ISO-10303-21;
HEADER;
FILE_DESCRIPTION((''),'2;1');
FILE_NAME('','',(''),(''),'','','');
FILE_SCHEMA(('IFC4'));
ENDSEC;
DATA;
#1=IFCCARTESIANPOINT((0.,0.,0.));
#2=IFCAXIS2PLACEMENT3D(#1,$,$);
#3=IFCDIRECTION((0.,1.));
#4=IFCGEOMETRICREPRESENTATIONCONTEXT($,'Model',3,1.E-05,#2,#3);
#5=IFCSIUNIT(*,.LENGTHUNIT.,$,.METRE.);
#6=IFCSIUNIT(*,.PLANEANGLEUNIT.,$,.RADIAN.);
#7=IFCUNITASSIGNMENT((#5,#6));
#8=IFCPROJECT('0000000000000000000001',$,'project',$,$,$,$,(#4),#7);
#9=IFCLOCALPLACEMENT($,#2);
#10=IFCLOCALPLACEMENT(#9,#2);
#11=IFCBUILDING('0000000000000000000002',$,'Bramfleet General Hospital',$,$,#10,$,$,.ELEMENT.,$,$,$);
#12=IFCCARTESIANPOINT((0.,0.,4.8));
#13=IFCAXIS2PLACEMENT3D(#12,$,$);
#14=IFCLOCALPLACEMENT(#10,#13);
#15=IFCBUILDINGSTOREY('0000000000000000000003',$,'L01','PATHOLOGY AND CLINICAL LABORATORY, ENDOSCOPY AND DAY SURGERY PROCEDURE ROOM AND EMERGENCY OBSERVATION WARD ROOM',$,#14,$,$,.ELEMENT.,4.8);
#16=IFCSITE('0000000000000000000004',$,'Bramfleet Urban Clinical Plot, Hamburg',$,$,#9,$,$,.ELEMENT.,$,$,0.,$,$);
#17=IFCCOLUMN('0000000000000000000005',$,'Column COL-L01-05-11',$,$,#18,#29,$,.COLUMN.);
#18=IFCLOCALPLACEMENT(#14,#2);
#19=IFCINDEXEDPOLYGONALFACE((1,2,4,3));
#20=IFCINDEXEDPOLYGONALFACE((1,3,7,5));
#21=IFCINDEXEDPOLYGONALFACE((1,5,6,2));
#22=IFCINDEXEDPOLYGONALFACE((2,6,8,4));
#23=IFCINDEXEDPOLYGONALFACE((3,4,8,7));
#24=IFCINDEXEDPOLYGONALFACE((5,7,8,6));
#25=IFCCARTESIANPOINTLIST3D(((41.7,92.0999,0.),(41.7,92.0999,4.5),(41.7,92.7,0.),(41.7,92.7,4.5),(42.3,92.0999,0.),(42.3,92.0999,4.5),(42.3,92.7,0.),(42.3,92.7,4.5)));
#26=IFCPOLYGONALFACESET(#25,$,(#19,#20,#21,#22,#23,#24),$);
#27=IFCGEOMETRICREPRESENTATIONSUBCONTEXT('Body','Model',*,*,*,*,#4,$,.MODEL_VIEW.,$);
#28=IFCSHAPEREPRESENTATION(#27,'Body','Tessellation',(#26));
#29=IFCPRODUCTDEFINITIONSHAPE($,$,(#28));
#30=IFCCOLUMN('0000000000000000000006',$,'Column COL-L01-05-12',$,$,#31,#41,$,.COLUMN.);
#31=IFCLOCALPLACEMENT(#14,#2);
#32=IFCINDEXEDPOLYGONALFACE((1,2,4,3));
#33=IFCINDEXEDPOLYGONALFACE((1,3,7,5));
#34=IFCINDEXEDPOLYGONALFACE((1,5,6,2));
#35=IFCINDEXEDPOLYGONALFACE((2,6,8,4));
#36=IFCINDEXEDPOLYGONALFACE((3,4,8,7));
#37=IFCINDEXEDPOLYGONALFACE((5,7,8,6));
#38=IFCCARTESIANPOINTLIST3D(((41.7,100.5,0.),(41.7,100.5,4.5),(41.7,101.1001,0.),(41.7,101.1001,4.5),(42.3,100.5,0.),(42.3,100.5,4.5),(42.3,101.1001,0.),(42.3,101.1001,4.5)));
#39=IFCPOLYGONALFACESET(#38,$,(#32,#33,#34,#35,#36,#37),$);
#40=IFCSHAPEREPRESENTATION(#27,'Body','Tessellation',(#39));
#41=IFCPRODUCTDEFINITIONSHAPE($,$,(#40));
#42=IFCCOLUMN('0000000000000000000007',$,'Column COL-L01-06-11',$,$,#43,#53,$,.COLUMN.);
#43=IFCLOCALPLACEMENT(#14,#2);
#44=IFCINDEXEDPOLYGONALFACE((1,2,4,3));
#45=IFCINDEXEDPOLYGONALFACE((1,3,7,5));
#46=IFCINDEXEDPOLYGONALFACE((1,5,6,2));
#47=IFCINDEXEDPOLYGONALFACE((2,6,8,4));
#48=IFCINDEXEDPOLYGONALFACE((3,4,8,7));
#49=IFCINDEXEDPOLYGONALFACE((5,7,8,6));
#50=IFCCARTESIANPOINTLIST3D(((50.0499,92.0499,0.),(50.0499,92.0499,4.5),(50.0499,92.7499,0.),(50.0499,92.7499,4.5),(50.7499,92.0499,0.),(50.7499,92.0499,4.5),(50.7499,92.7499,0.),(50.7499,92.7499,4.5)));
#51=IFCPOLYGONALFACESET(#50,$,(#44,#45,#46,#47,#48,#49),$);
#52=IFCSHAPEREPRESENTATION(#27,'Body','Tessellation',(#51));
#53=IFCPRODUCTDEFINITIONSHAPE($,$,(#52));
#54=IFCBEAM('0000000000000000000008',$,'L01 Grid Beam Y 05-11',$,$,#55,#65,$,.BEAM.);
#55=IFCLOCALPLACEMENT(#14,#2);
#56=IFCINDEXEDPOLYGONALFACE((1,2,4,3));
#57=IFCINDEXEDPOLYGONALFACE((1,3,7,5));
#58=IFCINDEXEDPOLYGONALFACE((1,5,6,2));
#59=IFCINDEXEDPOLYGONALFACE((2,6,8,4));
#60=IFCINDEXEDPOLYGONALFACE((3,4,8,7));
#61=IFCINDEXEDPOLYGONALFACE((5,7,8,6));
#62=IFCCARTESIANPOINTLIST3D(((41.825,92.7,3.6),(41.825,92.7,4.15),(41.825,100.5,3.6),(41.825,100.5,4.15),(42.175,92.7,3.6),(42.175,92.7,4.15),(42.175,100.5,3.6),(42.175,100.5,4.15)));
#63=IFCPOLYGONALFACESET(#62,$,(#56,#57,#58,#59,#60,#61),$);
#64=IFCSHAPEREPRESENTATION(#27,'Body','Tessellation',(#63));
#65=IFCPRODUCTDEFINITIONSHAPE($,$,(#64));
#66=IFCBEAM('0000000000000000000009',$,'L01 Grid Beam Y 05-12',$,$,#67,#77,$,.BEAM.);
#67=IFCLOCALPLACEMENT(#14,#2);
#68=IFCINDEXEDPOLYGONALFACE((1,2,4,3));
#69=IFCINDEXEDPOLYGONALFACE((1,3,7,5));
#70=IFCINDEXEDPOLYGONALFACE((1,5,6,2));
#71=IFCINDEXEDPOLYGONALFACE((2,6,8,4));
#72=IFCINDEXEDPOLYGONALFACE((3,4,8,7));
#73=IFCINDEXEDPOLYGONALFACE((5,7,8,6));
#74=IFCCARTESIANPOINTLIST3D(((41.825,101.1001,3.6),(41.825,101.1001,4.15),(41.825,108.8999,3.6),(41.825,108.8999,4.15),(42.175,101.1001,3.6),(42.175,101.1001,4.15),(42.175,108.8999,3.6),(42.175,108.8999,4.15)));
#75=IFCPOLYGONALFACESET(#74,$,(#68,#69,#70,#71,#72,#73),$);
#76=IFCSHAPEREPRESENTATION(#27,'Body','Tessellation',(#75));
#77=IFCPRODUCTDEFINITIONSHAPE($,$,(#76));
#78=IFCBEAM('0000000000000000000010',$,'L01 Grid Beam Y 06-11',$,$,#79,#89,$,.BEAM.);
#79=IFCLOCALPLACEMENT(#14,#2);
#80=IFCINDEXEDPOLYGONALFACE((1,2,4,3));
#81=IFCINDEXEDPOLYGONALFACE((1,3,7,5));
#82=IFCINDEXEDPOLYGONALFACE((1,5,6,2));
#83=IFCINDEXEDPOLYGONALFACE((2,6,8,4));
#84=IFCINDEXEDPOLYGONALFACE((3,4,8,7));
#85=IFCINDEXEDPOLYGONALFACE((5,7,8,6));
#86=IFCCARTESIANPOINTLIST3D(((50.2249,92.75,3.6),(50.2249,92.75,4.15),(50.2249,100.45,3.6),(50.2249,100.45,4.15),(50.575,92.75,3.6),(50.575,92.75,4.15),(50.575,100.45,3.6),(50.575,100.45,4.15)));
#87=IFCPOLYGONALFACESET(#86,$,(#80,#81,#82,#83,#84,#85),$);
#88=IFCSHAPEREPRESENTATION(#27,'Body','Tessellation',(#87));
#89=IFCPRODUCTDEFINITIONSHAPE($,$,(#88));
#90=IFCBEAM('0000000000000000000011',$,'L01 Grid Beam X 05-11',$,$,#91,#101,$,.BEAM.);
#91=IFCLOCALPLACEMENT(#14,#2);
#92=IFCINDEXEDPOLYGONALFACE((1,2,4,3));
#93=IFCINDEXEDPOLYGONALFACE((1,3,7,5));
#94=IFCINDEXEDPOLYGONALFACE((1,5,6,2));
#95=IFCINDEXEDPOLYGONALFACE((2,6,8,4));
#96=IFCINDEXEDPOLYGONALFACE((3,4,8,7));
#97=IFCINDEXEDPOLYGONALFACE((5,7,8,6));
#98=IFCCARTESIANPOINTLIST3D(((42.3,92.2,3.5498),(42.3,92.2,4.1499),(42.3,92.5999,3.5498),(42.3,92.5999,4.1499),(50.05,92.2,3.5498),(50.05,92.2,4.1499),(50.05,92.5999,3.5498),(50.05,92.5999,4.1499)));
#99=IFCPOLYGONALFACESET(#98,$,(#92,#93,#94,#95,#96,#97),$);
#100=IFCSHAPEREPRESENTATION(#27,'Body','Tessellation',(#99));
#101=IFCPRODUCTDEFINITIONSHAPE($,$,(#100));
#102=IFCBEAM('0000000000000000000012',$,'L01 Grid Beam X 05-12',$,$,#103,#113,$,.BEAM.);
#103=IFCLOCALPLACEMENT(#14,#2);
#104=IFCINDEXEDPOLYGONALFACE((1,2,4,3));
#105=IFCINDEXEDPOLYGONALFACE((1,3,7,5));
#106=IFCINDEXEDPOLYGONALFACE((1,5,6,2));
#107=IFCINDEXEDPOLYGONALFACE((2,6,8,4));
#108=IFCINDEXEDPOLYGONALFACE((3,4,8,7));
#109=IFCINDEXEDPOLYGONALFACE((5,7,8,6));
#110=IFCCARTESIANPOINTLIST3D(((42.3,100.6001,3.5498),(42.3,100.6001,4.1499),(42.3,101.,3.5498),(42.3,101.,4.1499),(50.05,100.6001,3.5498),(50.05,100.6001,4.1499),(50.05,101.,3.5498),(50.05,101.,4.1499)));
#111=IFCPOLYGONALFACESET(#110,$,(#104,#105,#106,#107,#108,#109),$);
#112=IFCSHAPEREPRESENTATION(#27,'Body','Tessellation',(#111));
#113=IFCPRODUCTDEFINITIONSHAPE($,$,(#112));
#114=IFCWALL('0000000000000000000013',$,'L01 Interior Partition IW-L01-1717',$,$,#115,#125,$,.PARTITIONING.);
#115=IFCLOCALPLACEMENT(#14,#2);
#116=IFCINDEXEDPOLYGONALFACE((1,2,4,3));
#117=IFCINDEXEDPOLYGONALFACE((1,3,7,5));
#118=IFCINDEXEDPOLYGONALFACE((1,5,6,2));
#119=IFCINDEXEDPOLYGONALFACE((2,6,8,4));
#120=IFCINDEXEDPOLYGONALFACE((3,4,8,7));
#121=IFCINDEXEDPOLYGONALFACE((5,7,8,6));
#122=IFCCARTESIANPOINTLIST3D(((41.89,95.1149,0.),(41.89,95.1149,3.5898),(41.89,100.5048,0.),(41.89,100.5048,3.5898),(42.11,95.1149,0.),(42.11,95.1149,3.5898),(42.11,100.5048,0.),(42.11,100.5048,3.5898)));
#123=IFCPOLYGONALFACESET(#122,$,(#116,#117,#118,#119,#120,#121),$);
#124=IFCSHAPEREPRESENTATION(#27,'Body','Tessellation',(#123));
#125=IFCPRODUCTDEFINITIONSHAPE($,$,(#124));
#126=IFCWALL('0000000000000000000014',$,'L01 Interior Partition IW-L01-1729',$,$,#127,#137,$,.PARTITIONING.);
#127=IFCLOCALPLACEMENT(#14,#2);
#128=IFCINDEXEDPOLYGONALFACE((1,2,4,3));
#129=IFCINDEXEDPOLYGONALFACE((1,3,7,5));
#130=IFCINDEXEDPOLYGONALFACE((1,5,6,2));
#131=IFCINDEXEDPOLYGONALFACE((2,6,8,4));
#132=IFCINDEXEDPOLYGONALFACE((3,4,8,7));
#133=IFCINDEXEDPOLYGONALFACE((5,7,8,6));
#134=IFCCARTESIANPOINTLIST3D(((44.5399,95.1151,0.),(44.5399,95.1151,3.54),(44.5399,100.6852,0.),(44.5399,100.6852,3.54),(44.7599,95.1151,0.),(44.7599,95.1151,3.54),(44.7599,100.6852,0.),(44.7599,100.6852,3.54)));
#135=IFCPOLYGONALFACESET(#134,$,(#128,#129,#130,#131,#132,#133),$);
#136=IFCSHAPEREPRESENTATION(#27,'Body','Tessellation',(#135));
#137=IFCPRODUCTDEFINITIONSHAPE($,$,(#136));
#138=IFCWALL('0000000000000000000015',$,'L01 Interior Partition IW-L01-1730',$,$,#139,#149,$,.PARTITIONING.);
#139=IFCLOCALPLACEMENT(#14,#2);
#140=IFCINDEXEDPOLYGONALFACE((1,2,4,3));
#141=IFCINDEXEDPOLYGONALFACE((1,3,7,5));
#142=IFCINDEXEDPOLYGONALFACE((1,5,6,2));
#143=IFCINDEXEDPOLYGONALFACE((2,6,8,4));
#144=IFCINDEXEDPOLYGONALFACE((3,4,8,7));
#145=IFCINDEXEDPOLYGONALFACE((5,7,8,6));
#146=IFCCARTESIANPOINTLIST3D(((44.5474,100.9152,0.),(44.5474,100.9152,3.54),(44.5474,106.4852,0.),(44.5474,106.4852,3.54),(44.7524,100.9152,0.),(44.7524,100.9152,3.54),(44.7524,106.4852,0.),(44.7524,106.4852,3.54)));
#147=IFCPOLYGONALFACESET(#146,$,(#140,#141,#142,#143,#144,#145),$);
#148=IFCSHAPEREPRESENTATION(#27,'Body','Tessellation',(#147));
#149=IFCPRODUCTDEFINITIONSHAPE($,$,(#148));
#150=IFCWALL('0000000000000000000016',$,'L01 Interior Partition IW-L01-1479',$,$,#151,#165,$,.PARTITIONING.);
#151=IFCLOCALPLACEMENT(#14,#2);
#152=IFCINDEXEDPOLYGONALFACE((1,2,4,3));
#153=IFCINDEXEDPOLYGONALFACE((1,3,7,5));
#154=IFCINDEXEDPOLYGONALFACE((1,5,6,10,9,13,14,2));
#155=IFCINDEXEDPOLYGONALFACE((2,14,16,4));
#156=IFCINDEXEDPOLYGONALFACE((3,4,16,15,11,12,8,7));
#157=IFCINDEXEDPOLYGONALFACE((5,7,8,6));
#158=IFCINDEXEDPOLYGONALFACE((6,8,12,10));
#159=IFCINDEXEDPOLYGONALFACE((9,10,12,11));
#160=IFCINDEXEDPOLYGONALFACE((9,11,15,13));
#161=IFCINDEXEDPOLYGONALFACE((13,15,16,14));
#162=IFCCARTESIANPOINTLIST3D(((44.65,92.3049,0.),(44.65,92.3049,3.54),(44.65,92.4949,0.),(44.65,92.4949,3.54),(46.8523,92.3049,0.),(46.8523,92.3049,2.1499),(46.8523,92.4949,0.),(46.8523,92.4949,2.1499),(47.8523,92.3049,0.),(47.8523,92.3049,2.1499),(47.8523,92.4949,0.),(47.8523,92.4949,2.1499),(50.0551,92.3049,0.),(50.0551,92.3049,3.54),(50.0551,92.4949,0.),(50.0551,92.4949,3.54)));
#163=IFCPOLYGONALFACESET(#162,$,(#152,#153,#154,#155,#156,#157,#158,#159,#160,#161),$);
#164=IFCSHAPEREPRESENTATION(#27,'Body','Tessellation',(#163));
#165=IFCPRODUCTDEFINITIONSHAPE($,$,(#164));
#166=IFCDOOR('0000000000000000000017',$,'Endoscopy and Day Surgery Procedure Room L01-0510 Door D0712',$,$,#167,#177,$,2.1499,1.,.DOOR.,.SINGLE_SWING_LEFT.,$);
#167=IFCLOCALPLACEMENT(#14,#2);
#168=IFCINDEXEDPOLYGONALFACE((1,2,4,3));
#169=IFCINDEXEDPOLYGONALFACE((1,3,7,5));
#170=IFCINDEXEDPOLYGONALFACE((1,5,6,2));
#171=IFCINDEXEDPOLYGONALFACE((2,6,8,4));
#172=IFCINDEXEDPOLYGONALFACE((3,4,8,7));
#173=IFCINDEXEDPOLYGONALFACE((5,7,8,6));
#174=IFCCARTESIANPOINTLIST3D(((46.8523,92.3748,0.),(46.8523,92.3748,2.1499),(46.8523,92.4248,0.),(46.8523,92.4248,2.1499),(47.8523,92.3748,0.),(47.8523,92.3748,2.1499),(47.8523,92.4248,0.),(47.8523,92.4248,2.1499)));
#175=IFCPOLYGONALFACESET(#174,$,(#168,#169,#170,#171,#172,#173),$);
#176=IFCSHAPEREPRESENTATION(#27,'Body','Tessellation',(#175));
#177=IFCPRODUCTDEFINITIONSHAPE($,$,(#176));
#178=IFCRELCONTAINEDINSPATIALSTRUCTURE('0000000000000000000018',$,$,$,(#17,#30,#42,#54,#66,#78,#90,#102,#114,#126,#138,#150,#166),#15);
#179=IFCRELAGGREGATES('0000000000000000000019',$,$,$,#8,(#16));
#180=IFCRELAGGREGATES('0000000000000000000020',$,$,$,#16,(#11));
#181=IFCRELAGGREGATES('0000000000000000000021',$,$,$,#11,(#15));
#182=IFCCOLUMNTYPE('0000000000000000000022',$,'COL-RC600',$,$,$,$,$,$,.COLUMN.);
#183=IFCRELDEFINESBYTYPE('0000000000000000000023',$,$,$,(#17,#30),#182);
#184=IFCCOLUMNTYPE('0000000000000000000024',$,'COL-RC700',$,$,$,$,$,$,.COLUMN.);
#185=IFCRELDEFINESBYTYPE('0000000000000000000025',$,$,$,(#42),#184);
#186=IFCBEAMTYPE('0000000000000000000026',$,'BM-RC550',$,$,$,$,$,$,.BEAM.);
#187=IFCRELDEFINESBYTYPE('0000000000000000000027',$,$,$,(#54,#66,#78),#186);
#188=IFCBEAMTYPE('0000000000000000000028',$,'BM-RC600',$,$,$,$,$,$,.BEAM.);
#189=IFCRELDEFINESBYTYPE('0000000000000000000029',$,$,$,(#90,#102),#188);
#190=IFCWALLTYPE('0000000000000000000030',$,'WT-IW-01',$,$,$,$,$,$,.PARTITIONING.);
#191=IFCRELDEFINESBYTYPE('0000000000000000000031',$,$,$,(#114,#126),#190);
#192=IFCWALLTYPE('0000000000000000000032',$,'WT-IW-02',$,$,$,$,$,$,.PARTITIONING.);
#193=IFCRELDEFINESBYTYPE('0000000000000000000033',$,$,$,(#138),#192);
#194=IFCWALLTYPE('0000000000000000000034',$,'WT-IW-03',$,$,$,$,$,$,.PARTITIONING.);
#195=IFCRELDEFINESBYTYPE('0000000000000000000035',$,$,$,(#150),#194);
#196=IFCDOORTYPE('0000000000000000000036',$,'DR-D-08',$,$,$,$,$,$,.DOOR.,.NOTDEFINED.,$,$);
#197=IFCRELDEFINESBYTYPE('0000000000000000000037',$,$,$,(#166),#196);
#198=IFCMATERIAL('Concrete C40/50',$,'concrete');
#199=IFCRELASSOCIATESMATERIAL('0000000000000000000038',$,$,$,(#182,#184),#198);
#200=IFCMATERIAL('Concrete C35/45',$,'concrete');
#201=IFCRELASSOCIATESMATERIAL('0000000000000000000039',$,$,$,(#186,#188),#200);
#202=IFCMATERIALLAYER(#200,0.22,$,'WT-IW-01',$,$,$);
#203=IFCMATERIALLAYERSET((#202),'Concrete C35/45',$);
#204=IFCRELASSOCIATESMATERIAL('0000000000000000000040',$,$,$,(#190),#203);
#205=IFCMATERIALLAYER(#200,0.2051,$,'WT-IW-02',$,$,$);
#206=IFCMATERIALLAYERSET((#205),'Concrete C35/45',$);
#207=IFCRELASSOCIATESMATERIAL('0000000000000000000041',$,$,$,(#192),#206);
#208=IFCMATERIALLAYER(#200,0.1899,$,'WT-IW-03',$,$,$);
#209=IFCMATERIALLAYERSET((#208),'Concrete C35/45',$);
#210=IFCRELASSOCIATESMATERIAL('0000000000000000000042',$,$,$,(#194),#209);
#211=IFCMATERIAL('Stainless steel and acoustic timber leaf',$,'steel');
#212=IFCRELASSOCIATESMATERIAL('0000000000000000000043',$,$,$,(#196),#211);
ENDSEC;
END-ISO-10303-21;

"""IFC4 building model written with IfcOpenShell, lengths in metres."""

from ifc_helpers import new_model, si_unit, direction, frame, frame_2d, origin, origin_2d, place, context, subcontext, project, spatial, rectangle, extrude, material, layer, layer_set, material_profile, profile_set, type_object, element, fill, save


model = new_model("IFC4")

# Units and contexts
model_context = context("Model", 3, precision=1e-05, world=origin(), true_north=direction((0.0, 1.0)))
body_context = subcontext(model_context, "Body", "Model", "MODEL_VIEW")
ifc_project = project(units=[si_unit("LENGTHUNIT", "METRE"), si_unit("PLANEANGLEUNIT", "RADIAN")], contexts=[model_context])

# Site, building, storey
site_placement = place(None, origin())
site = spatial("IfcSite", under=ifc_project, at=site_placement, Name="Bramfleet Urban Clinical Plot, Hamburg", CompositionType="ELEMENT", RefElevation=0.0)
building_placement = place(site_placement, origin())
building = spatial("IfcBuilding", under=site, at=building_placement, Name="Bramfleet General Hospital", CompositionType="ELEMENT")
storey_placement = place(building_placement, frame((0.0, 0.0, 4.8)))
storey = spatial("IfcBuildingStorey", under=building, at=storey_placement, Name="L01", Description="PATHOLOGY AND CLINICAL LABORATORY, ENDOSCOPY AND DAY SURGERY PROCEDURE ROOM AND EMERGENCY OBSERVATION WARD ROOM", CompositionType="ELEMENT", Elevation=4.8)

# Columns
ifc_material_1 = material(Name="Concrete C40/50", Category="concrete")
ifc_material_profile_1 = material_profile(ifc_material_1, rectangle(XDim=0.6001, YDim=0.6001, at=origin_2d()), Name="RC COL 600x600")
ifc_profile_set_1 = profile_set([ifc_material_profile_1], Name="Concrete C40/50")
column_type_1 = type_object("IfcColumnType", Name="COL-RC600", PredefinedType="COLUMN", material=ifc_profile_set_1)
for number, where, z_axis, x_axis, name in (
    (1, (42.0, 92.3999, 0.0), (0.0, 0.0, 1.0), (1.0, 0.0, 0.0), "Column COL-L01-05-11"),
    (2, (42.0, 100.8, 0.0), (0.0, 0.0, 1.0), (1.0, 0.0, 0.0), "Column COL-L01-05-12"),
):
    element("IfcColumn", number, at=place(storey_placement, frame(where, z_axis=z_axis, x_axis=x_axis)), inside=storey, type_object=column_type_1, Name=name, PredefinedType="COLUMN", context=body_context, shape_type="SweptSolid", body=[
        extrude(rectangle(XDim=0.6001, YDim=0.6001, at=origin_2d()), origin(), (0.0, 0.0, 1.0), 4.5),
    ])
ifc_material_profile_2 = material_profile(ifc_material_1, rectangle(XDim=0.7, YDim=0.7, at=origin_2d()), Name="RC COL 700x700")
ifc_profile_set_2 = profile_set([ifc_material_profile_2], Name="Concrete C40/50")
column_type_2 = type_object("IfcColumnType", Name="COL-RC700", PredefinedType="COLUMN", material=ifc_profile_set_2)
column_placement = place(storey_placement, frame((50.3999, 92.3999, 0.0), z_axis=(0.0, 0.0, 1.0), x_axis=(1.0, 0.0, 0.0)))
element("IfcColumn", 3, at=column_placement, inside=storey, type_object=column_type_2, Name="Column COL-L01-06-11", PredefinedType="COLUMN", context=body_context, shape_type="SweptSolid", body=[
    extrude(rectangle(XDim=0.7, YDim=0.7, at=origin_2d()), origin(), (0.0, 0.0, 1.0), 4.5),
])

# Beams
ifc_material_2 = material(Name="Concrete C35/45", Category="concrete")
ifc_material_profile_3 = material_profile(ifc_material_2, rectangle(XDim=0.3501, YDim=0.55, at=origin_2d()), Name="RC BM 550x350")
ifc_profile_set_3 = profile_set([ifc_material_profile_3], Name="Concrete C35/45")
beam_type_1 = type_object("IfcBeamType", Name="BM-RC550", PredefinedType="BEAM", material=ifc_profile_set_3)
beam_1_placement = place(storey_placement, frame((42.0, 92.7, 3.875), z_axis=(0.0, 1.0, 0.0), x_axis=(-1.0, 0.0, 0.0)))
element("IfcBeam", 4, at=beam_1_placement, inside=storey, type_object=beam_type_1, Name="L01 Grid Beam Y 05-11", PredefinedType="BEAM", context=body_context, shape_type="SweptSolid", body=[
    extrude(rectangle(XDim=0.3501, YDim=0.55, at=origin_2d()), origin(), (0.0, 0.0, 1.0), 7.8),
])
beam_2_placement = place(storey_placement, frame((42.0, 101.1001, 3.875), z_axis=(0.0, 1.0, 0.0), x_axis=(-1.0, 0.0, 0.0)))
element("IfcBeam", 5, at=beam_2_placement, inside=storey, type_object=beam_type_1, Name="L01 Grid Beam Y 05-12", PredefinedType="BEAM", context=body_context, shape_type="SweptSolid", body=[
    extrude(rectangle(XDim=0.3501, YDim=0.55, at=origin_2d()), origin(), (0.0, 0.0, 1.0), 7.7998),
])
beam_3_placement = place(storey_placement, frame((50.3999, 92.75, 3.875), z_axis=(0.0, 1.0, 0.0), x_axis=(-1.0, 0.0, 0.0)))
element("IfcBeam", 6, at=beam_3_placement, inside=storey, type_object=beam_type_1, Name="L01 Grid Beam Y 06-11", PredefinedType="BEAM", context=body_context, shape_type="SweptSolid", body=[
    extrude(rectangle(XDim=0.3501, YDim=0.55, at=origin_2d()), origin(), (0.0, 0.0, 1.0), 7.7),
])
ifc_material_profile_4 = material_profile(ifc_material_2, rectangle(XDim=0.3999, YDim=0.6001, at=origin_2d()), Name="RC BM 600x400")
ifc_profile_set_4 = profile_set([ifc_material_profile_4], Name="Concrete C35/45")
beam_type_2 = type_object("IfcBeamType", Name="BM-RC600", PredefinedType="BEAM", material=ifc_profile_set_4)
for number, where, z_axis, x_axis, name in (
    (7, (42.3, 92.3999, 3.8499), (1.0, 0.0, 0.0), (0.0, 1.0, 0.0), "L01 Grid Beam X 05-11"),
    (8, (42.3, 100.8, 3.8499), (1.0, 0.0, 0.0), (0.0, 1.0, 0.0), "L01 Grid Beam X 05-12"),
):
    element("IfcBeam", number, at=place(storey_placement, frame(where, z_axis=z_axis, x_axis=x_axis)), inside=storey, type_object=beam_type_2, Name=name, PredefinedType="BEAM", context=body_context, shape_type="SweptSolid", body=[
        extrude(rectangle(XDim=0.3999, YDim=0.6001, at=origin_2d()), origin(), (0.0, 0.0, 1.0), 7.75),
    ])

# Walls
ifc_layer_1 = layer(ifc_material_2, 0.22, Name="WT-IW-01")
ifc_layer_set_1 = layer_set([ifc_layer_1], Name="Concrete C35/45")
wall_type_1 = type_object("IfcWallType", Name="WT-IW-01", PredefinedType="PARTITIONING", material=ifc_layer_set_1)
wall_1_placement = place(storey_placement, frame((42.0, 95.115, 0.0), z_axis=(0.0, 0.0, 1.0), x_axis=(0.0, 1.0, 0.0)))
element("IfcWall", 9, at=wall_1_placement, inside=storey, type_object=wall_type_1, Name="L01 Interior Partition IW-L01-1717", PredefinedType="PARTITIONING", context=body_context, shape_type="SweptSolid", body=[
    extrude(rectangle(XDim=5.3899, YDim=0.22, at=frame_2d((2.6948, 0.0))), origin(), (0.0, 0.0, 1.0), 3.5898),
])
wall_2_placement = place(storey_placement, frame((44.6499, 95.115, 0.0), z_axis=(0.0, 0.0, 1.0), x_axis=(0.0, 1.0, 0.0)))
element("IfcWall", 10, at=wall_2_placement, inside=storey, type_object=wall_type_1, Name="L01 Interior Partition IW-L01-1729", PredefinedType="PARTITIONING", context=body_context, shape_type="SweptSolid", body=[
    extrude(rectangle(XDim=5.5701, YDim=0.22, at=frame_2d((2.7852, 0.0))), origin(), (0.0, 0.0, 1.0), 3.54),
])

# Shared definitions
ifc_layer_2 = layer(ifc_material_2, 0.2051, Name="WT-IW-02")
ifc_layer_set_2 = layer_set([ifc_layer_2], Name="Concrete C35/45")
wall_type_2 = type_object("IfcWallType", Name="WT-IW-02", PredefinedType="PARTITIONING", material=ifc_layer_set_2)
ifc_material_3 = material(Name="Stainless steel and acoustic timber leaf", Category="steel")

# Wall
wall_3_placement = place(storey_placement, frame((44.6499, 100.915, 0.0), z_axis=(0.0, 0.0, 1.0), x_axis=(0.0, 1.0, 0.0)))
element("IfcWall", 11, at=wall_3_placement, inside=storey, type_object=wall_type_2, Name="L01 Interior Partition IW-L01-1730", PredefinedType="PARTITIONING", context=body_context, shape_type="SweptSolid", body=[
    extrude(rectangle(XDim=5.5701, YDim=0.2051, at=frame_2d((2.7852, 0.0))), origin(), (0.0, 0.0, 1.0), 3.54),
])

# Wall, opening, door
ifc_layer_3 = layer(ifc_material_2, 0.1899, Name="WT-IW-03")
ifc_layer_set_3 = layer_set([ifc_layer_3], Name="Concrete C35/45")
wall_type_3 = type_object("IfcWallType", Name="WT-IW-03", PredefinedType="PARTITIONING", material=ifc_layer_set_3)
wall_4_placement = place(storey_placement, frame((44.6499, 92.3999, 0.0), z_axis=(0.0, 0.0, 1.0), x_axis=(1.0, 0.0, 0.0)))
wall_4 = element("IfcWall", 12, at=wall_4_placement, inside=storey, type_object=wall_type_3, Name="L01 Interior Partition IW-L01-1479", PredefinedType="PARTITIONING", context=body_context, shape_type="SweptSolid", body=[
    extrude(rectangle(XDim=5.405, YDim=0.1899, at=frame_2d((2.7026, 0.0))), origin(), (0.0, 0.0, 1.0), 3.54),
])
opening_1_placement = place(wall_4_placement, frame((2.2024, 0.0, 0.0)))
opening_1 = element("IfcOpeningElement", 13, at=opening_1_placement, cuts=wall_4, PredefinedType="OPENING", context=body_context, shape_type="SweptSolid", body=[
    extrude(rectangle(XDim=1.0, YDim=2.1499, at=frame_2d((0.5, 1.075))), frame((0.0, 0.105, 0.0), z_axis=(0.0, -1.0, 0.0), x_axis=(1.0, 0.0, 0.0)), (0.0, 0.0, 1.0), 0.21),
])
door_type_1 = type_object("IfcDoorType", Name="DR-D-08", OperationType="NOTDEFINED", PredefinedType="DOOR", material=ifc_material_3)
door_1_placement = place(opening_1_placement, origin())
door_1 = element("IfcDoor", 14, at=door_1_placement, inside=storey, type_object=door_type_1, Name="Endoscopy and Day Surgery Procedure Room L01-0510 Door D0712", OperationType="SINGLE_SWING_LEFT", OverallHeight=2.1499, OverallWidth=1.0, PredefinedType="DOOR", context=body_context, shape_type="SweptSolid", body=[
    extrude(rectangle(XDim=1.0, YDim=2.1499, at=frame_2d((0.5, 1.075))), frame((0.0, 0.0249, 0.0), z_axis=(0.0, -1.0, 0.0), x_axis=(1.0, 0.0, 0.0)), (0.0, 0.0, 1.0), 0.05),
])
fill(opening_1, door_1)

save(model, "model.ifc")
